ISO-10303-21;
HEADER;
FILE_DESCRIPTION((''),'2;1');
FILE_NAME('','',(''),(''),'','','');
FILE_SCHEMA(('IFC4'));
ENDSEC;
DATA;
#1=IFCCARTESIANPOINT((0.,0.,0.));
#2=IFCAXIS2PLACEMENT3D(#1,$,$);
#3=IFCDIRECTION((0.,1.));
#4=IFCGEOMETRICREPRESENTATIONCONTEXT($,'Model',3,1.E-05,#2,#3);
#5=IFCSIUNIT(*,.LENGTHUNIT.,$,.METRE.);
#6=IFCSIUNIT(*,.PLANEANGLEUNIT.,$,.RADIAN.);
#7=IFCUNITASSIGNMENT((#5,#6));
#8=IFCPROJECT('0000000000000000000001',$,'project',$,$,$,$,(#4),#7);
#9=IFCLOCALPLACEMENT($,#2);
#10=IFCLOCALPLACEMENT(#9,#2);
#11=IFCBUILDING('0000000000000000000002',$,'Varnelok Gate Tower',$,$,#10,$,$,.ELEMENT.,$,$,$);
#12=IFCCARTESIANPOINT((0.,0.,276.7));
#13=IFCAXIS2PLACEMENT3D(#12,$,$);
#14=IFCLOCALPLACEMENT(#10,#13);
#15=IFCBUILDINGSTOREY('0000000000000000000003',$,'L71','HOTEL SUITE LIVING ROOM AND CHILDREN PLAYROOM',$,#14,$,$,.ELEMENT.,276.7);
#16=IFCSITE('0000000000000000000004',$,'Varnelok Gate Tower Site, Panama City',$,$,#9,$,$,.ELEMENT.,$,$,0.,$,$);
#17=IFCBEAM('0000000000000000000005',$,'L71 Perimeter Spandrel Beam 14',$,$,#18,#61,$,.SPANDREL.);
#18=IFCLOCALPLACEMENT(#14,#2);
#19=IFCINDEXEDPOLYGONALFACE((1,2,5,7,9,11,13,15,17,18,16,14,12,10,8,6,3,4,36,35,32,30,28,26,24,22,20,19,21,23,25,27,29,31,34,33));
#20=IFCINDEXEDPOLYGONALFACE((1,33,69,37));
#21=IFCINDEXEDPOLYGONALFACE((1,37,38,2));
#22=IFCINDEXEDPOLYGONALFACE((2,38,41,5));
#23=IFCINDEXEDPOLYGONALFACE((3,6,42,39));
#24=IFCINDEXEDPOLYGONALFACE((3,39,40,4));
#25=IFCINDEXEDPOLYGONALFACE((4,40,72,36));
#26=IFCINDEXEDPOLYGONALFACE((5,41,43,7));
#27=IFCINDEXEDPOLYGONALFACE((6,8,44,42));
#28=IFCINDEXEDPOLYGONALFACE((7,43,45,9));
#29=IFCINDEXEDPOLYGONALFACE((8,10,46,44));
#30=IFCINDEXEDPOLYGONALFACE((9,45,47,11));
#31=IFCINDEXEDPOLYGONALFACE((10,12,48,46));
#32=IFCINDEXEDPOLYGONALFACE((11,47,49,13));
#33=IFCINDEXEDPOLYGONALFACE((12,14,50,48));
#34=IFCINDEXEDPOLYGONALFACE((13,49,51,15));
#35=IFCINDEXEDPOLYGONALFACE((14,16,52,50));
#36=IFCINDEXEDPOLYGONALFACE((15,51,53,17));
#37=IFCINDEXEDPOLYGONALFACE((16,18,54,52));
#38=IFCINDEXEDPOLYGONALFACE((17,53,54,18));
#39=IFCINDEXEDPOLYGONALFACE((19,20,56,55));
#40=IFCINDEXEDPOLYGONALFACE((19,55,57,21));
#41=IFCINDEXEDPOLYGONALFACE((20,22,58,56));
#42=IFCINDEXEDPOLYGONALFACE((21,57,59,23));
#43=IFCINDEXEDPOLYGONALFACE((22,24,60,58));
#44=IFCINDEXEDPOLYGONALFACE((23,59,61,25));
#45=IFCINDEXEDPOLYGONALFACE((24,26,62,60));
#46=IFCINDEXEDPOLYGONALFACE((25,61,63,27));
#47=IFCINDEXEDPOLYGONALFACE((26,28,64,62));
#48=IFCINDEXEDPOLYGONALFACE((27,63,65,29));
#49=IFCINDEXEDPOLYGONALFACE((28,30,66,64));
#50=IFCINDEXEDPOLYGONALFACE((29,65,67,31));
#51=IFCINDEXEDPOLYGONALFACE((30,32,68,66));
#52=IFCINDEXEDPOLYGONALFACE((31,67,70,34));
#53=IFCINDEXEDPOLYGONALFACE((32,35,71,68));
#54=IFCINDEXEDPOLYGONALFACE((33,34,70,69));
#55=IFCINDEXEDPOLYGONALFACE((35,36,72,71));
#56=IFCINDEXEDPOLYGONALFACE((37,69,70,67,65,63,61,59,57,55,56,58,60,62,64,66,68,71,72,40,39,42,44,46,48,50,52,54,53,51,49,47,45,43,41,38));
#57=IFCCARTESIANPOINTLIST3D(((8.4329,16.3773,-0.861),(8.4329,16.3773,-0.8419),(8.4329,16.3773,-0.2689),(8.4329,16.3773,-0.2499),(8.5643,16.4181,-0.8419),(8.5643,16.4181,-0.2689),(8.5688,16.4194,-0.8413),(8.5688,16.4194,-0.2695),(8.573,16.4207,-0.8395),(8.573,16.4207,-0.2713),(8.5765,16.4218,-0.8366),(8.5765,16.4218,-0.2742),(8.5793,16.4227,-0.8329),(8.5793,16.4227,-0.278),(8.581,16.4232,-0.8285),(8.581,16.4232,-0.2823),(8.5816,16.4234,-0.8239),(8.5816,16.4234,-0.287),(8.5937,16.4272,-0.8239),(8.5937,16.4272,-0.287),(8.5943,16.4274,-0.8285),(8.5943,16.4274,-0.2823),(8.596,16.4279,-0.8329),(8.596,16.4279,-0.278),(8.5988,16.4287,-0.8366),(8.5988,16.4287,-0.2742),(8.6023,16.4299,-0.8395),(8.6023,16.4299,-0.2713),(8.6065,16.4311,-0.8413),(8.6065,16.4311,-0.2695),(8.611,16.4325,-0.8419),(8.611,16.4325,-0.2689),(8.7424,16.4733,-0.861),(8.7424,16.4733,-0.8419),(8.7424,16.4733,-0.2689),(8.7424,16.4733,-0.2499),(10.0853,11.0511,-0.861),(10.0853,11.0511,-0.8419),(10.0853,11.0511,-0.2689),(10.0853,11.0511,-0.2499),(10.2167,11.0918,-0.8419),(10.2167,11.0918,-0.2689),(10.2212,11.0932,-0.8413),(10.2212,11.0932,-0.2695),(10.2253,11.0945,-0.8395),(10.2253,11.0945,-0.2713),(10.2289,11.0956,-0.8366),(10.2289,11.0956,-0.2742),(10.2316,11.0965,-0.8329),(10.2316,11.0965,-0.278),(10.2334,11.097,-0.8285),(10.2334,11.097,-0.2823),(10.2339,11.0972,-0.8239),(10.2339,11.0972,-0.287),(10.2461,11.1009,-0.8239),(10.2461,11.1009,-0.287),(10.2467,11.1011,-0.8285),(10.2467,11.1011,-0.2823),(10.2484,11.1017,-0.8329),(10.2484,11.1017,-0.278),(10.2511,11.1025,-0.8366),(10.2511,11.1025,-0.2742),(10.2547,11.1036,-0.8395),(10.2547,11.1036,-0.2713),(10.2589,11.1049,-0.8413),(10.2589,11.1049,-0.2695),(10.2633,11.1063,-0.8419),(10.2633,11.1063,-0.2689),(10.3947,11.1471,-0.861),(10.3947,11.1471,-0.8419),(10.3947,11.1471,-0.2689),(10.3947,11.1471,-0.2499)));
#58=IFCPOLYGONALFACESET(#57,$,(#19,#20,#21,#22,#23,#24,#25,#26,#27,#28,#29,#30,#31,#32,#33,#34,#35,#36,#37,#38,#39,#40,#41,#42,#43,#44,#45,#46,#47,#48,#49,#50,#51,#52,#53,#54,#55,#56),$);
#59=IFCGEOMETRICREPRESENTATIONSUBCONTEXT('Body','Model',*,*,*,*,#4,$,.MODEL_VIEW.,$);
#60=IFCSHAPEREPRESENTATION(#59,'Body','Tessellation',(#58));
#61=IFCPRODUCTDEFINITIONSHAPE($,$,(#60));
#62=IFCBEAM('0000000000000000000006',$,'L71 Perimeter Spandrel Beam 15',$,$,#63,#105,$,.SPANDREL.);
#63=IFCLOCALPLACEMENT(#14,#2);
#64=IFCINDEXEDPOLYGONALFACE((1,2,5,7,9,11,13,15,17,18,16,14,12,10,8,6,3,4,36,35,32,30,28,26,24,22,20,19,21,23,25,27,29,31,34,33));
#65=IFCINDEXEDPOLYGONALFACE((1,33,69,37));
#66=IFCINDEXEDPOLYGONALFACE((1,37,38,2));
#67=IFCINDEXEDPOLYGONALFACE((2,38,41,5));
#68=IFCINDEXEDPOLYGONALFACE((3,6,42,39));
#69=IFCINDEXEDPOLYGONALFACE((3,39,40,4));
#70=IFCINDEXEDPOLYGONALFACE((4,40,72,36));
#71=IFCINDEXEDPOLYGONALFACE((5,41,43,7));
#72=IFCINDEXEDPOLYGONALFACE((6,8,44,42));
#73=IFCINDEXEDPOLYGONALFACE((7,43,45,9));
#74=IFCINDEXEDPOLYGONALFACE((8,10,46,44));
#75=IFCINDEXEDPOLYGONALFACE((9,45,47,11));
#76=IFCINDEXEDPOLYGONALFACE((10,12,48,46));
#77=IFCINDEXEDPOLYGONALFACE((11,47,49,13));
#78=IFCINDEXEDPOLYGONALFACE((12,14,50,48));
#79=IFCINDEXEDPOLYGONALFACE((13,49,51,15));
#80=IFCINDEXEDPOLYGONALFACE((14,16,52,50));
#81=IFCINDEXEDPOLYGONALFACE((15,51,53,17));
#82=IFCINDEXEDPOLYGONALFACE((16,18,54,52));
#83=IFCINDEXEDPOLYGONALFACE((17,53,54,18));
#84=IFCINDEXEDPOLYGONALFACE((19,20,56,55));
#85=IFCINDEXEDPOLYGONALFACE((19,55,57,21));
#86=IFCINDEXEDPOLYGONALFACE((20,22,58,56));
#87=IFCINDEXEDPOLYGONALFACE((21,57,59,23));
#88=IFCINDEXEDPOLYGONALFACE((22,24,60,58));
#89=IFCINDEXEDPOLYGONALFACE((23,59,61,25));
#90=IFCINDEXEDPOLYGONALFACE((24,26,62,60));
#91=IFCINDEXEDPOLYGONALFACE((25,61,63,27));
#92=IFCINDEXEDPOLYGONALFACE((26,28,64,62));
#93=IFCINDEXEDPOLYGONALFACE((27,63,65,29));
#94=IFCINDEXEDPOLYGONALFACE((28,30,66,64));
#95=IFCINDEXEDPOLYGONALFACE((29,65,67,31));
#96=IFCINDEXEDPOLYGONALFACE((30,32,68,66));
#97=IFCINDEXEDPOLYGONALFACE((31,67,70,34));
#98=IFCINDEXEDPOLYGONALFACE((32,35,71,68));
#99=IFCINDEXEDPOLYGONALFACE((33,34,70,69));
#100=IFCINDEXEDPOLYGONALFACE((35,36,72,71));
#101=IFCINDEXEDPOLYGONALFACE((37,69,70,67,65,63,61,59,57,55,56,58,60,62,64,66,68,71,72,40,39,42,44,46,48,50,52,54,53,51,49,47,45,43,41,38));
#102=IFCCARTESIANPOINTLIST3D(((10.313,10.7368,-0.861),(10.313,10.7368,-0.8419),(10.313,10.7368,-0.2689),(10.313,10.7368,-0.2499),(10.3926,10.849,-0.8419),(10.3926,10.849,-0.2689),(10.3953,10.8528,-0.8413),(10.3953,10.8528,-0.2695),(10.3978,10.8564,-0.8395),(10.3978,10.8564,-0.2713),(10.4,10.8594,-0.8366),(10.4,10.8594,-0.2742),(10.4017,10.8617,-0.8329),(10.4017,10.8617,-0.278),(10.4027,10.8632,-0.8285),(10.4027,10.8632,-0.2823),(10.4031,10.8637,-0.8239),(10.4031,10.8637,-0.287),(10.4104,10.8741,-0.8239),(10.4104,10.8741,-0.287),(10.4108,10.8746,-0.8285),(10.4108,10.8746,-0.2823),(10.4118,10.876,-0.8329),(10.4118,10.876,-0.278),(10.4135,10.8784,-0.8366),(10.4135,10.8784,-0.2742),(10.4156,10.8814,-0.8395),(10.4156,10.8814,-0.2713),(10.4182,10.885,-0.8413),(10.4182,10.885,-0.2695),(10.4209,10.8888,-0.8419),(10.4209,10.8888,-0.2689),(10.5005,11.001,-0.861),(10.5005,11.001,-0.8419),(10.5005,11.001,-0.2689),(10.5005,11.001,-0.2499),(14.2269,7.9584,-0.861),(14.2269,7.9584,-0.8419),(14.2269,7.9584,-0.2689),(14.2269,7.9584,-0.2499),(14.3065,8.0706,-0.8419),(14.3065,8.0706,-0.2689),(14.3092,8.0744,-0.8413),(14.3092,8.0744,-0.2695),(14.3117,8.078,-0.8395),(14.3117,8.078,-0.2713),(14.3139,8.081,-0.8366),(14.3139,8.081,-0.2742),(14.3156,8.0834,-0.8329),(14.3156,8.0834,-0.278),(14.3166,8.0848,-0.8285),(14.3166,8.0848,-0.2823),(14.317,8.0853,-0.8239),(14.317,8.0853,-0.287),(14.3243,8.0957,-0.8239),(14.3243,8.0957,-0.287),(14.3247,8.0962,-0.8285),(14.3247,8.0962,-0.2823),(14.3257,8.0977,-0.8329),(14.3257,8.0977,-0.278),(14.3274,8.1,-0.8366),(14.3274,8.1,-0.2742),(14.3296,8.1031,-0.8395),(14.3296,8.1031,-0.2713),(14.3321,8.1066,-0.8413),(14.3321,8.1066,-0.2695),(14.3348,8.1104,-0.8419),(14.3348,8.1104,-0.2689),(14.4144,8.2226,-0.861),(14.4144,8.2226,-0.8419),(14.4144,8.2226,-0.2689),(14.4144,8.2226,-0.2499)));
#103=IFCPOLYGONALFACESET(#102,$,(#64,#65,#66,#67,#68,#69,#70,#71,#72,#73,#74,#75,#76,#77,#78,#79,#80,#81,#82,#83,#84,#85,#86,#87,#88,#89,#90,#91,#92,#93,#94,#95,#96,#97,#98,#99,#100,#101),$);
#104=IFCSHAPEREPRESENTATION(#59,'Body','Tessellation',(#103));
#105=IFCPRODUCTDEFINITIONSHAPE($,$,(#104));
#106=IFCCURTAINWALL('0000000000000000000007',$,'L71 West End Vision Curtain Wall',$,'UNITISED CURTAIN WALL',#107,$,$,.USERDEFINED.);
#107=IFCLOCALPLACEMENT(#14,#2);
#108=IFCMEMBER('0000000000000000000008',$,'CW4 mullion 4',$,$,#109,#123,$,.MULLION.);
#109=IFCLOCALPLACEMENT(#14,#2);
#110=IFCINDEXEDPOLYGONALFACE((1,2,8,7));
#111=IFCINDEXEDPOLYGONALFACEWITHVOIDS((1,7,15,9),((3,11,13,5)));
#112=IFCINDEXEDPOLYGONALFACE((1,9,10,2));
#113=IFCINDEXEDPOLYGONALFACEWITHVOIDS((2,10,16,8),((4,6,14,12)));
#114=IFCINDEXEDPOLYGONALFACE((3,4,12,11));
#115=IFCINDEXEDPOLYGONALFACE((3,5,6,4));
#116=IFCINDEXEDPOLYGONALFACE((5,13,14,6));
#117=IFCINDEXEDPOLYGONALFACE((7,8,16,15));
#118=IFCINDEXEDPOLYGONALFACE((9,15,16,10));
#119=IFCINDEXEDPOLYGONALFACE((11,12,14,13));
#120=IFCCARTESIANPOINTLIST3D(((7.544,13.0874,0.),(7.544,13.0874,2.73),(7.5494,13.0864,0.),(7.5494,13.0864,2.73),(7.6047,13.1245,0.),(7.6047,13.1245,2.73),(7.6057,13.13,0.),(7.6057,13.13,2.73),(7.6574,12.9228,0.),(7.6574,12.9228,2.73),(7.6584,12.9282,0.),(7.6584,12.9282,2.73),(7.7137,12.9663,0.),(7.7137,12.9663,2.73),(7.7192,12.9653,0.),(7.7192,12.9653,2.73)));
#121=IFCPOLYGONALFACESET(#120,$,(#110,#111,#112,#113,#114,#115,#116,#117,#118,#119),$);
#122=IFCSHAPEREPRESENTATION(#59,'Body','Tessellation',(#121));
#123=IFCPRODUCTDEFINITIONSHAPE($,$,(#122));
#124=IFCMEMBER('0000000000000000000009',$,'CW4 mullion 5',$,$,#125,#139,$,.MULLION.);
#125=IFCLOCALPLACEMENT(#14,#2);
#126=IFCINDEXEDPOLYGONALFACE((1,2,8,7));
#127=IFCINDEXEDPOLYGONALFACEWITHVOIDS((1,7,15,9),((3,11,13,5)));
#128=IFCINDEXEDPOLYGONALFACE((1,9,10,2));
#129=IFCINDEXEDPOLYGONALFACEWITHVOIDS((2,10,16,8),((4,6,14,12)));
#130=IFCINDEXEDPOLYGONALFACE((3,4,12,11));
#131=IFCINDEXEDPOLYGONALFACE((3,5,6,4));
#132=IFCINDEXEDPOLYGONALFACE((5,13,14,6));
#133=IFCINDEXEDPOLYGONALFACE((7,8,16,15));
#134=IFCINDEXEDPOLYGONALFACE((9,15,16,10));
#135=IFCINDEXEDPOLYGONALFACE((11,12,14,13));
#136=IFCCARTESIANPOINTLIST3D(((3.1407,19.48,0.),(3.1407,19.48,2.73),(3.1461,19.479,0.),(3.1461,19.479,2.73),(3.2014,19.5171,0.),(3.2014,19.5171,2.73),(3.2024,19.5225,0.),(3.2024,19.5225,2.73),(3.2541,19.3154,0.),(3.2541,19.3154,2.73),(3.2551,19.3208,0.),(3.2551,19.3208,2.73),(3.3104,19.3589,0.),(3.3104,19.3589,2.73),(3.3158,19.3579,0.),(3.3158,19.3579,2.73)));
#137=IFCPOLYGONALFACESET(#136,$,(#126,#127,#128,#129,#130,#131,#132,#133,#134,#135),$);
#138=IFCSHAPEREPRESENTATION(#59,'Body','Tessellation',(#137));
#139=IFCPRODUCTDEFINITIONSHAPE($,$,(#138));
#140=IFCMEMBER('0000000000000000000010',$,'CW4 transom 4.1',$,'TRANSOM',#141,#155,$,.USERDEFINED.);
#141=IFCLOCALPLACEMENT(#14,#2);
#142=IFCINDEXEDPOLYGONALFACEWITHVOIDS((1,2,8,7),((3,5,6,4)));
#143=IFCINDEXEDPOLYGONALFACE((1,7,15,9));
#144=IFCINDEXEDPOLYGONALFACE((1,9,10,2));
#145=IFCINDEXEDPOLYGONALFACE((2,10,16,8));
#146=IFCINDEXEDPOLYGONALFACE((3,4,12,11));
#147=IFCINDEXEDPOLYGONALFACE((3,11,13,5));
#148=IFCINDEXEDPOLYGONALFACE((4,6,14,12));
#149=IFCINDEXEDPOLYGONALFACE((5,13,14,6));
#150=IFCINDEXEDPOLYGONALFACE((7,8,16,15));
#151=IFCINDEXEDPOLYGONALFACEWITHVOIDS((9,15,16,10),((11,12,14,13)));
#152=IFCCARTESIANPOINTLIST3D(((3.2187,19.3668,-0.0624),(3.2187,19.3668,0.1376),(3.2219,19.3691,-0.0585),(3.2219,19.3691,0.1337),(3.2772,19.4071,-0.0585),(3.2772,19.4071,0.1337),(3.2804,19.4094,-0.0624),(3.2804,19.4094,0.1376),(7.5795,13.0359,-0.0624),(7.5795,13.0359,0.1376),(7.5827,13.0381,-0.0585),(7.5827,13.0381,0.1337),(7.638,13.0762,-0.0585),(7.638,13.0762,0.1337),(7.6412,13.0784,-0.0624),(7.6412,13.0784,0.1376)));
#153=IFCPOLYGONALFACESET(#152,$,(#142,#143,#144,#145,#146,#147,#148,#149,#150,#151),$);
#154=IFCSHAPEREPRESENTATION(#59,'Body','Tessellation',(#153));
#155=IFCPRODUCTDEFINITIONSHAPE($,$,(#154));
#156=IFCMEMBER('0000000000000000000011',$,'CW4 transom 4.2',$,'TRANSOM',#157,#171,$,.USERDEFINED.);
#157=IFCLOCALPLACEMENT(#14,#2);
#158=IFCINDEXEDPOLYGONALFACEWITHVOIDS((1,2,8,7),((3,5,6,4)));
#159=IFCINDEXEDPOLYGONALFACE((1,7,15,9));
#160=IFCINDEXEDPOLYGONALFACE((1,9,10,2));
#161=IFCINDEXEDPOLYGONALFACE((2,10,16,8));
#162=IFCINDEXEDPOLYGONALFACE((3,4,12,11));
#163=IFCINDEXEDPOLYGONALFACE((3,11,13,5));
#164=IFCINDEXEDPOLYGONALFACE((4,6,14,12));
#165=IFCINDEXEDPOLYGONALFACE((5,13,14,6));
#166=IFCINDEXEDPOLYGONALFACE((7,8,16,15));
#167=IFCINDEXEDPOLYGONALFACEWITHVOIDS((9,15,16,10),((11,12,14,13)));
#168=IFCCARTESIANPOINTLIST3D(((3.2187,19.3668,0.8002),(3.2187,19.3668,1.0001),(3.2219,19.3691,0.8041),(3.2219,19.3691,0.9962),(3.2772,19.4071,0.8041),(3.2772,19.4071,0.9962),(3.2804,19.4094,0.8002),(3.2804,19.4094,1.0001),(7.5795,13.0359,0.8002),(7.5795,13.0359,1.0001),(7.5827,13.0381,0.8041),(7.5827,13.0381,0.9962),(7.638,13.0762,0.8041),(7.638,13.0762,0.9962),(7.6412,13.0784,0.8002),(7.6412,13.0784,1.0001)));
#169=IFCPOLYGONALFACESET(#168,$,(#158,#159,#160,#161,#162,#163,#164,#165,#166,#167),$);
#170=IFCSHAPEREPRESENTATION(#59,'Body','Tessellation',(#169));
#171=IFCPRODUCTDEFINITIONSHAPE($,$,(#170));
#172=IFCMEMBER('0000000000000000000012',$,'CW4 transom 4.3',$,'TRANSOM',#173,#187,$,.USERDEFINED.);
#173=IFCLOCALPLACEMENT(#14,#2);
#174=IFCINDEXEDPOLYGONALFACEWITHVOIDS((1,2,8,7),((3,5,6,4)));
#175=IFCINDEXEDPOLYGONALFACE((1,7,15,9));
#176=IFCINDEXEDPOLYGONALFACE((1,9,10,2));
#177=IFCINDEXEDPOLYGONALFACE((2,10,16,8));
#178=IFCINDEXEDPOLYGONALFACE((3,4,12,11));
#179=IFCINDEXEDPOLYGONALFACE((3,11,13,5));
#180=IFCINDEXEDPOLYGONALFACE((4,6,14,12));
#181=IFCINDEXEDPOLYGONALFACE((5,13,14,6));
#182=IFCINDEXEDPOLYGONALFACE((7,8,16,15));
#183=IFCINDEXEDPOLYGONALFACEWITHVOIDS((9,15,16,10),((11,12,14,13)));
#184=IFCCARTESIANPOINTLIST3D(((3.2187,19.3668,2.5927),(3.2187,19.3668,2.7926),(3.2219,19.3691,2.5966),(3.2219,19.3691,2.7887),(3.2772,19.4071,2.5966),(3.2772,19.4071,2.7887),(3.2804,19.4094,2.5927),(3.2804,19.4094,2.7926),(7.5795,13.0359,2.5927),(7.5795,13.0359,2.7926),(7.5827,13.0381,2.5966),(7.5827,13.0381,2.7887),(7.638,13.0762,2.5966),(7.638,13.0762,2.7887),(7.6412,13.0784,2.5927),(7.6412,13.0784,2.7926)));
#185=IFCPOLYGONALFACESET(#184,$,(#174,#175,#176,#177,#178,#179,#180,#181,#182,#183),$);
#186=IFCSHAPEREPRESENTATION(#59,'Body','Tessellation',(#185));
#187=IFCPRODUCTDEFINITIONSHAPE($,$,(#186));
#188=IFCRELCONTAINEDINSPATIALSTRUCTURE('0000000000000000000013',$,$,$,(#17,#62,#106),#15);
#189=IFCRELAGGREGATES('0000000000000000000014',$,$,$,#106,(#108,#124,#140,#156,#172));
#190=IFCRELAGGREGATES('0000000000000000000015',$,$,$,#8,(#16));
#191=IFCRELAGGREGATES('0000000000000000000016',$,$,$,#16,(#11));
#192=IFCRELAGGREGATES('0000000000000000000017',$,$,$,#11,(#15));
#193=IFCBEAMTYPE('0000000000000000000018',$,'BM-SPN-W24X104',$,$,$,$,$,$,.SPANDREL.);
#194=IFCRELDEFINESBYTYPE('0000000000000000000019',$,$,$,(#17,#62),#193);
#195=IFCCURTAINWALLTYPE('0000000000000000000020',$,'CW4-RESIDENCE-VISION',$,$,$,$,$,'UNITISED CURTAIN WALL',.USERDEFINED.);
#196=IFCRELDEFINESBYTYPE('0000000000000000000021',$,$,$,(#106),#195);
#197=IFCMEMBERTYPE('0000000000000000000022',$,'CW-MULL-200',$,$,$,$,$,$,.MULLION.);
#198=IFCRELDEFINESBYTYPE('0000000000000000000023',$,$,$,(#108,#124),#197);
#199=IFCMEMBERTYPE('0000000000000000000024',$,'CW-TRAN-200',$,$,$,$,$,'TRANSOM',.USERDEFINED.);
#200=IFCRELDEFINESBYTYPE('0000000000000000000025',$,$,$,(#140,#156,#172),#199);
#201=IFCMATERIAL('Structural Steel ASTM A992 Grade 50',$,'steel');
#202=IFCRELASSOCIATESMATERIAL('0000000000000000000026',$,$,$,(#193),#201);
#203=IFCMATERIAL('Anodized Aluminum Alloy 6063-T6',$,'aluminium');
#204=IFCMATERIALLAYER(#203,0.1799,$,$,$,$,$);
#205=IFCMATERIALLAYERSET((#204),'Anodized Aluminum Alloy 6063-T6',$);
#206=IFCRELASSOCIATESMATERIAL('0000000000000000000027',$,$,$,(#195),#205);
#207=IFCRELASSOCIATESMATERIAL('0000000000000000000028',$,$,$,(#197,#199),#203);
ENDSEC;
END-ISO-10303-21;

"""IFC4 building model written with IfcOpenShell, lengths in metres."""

from ifc_helpers import new_model, si_unit, direction, frame, origin, origin_2d, place, context, subcontext, project, spatial, hollow_rectangle, i_section, extrude, material, layer, layer_set, material_profile, profile_set, type_object, element, aggregate, save


model = new_model("IFC4")

# Units and contexts
model_context = context("Model", 3, precision=1e-05, world=origin(), true_north=direction((0.0, 1.0)))
body_context = subcontext(model_context, "Body", "Model", "MODEL_VIEW")
ifc_project = project(units=[si_unit("LENGTHUNIT", "METRE"), si_unit("PLANEANGLEUNIT", "RADIAN")], contexts=[model_context])

# Site, building, storey
site_placement = place(None, origin())
site = spatial("IfcSite", under=ifc_project, at=site_placement, Name="Varnelok Gate Tower Site, Panama City", CompositionType="ELEMENT", RefElevation=0.0)
building_placement = place(site_placement, origin())
building = spatial("IfcBuilding", under=site, at=building_placement, Name="Varnelok Gate Tower", CompositionType="ELEMENT")
storey_placement = place(building_placement, frame((0.0, 0.0, 276.7)))
storey = spatial("IfcBuildingStorey", under=building, at=storey_placement, Name="L71", Description="HOTEL SUITE LIVING ROOM AND CHILDREN PLAYROOM", CompositionType="ELEMENT", Elevation=276.7)

# Shared definitions
ifc_material_1 = material(Name="Structural Steel ASTM A992 Grade 50", Category="steel")

# Beams
ifc_material_profile_1 = material_profile(ifc_material_1, i_section(OverallWidth=0.324, OverallDepth=0.6111, WebThickness=0.0127, FlangeThickness=0.019, FilletRadius=0.0181, at=origin_2d()), Name="W24X104")
ifc_profile_set_1 = profile_set([ifc_material_profile_1], Name="Structural Steel ASTM A992 Grade 50")
beam_type_1 = type_object("IfcBeamType", Name="BM-SPN-W24X104", PredefinedType="SPANDREL", material=ifc_profile_set_1)
beam_1_placement = place(storey_placement, frame((8.5876, 16.4253, -0.5554), z_axis=(0.2963, -0.955095, 0.0), x_axis=(0.955095, 0.2963, 0.0)))
element("IfcBeam", 1, at=beam_1_placement, inside=storey, type_object=beam_type_1, Name="L71 Perimeter Spandrel Beam 14", PredefinedType="SPANDREL", context=body_context, shape_type="SweptSolid", body=[
    extrude(i_section(OverallWidth=0.324, OverallDepth=0.6111, WebThickness=0.0127, FlangeThickness=0.019, FilletRadius=0.0181, at=origin_2d()), origin(), (0.0, 0.0, 1.0), 5.5767),
])
beam_2_placement = place(storey_placement, frame((10.4067, 10.8689, -0.5554), z_axis=(0.815431, -0.578854, 0.0), x_axis=(0.578854, 0.815431, 0.0)))
element("IfcBeam", 2, at=beam_2_placement, inside=storey, type_object=beam_type_1, Name="L71 Perimeter Spandrel Beam 15", PredefinedType="SPANDREL", context=body_context, shape_type="SweptSolid", body=[
    extrude(i_section(OverallWidth=0.324, OverallDepth=0.6111, WebThickness=0.0127, FlangeThickness=0.019, FilletRadius=0.0181, at=origin_2d()), origin(), (0.0, 0.0, 1.0), 4.7998),
])

# Curtain wall, members
ifc_material_2 = material(Name="Anodized Aluminum Alloy 6063-T6", Category="aluminium")
ifc_layer_1 = layer(ifc_material_2, 0.1799)
ifc_layer_set_1 = layer_set([ifc_layer_1], Name="Anodized Aluminum Alloy 6063-T6")
curtain_wall_type = type_object("IfcCurtainWallType", Name="CW4-RESIDENCE-VISION", ElementType="UNITISED CURTAIN WALL", PredefinedType="USERDEFINED", material=ifc_layer_set_1)
curtain_wall_placement = place(storey_placement, origin())
curtain_wall = element("IfcCurtainWall", 3, at=curtain_wall_placement, inside=storey, type_object=curtain_wall_type, Name="L71 West End Vision Curtain Wall", ObjectType="UNITISED CURTAIN WALL", PredefinedType="USERDEFINED")
ifc_material_profile_2 = material_profile(ifc_material_2, hollow_rectangle(XDim=0.075, YDim=0.2, WallThickness=0.0039, at=origin_2d()), Name="ALU200X75X4")
ifc_profile_set_2 = profile_set([ifc_material_profile_2], Name="Anodized Aluminum Alloy 6063-T6")
member_type_1 = type_object("IfcMemberType", Name="CW-MULL-200", PredefinedType="MULLION", material=ifc_profile_set_2)
member_1_placement = place(storey_placement, frame((7.6316, 13.0264, 0.0), z_axis=(0.0, 0.0, 1.0), x_axis=(-0.823532, -0.567269, 0.0)))
member_1 = element("IfcMember", 4, at=member_1_placement, type_object=member_type_1, Name="CW4 mullion 4", PredefinedType="MULLION", context=body_context, shape_type="SweptSolid", body=[
    extrude(hollow_rectangle(XDim=0.075, YDim=0.2, WallThickness=0.0039, at=origin_2d()), origin(), (0.0, 0.0, 1.0), 2.73),
])
member_2_placement = place(storey_placement, frame((3.2283, 19.4189, 0.0), z_axis=(0.0, 0.0, 1.0), x_axis=(-0.823532, -0.567269, 0.0)))
member_2 = element("IfcMember", 5, at=member_2_placement, type_object=member_type_1, Name="CW4 mullion 5", PredefinedType="MULLION", context=body_context, shape_type="SweptSolid", body=[
    extrude(hollow_rectangle(XDim=0.075, YDim=0.2, WallThickness=0.0039, at=origin_2d()), origin(), (0.0, 0.0, 1.0), 2.73),
])
ifc_material_profile_3 = material_profile(ifc_material_2, hollow_rectangle(XDim=0.075, YDim=0.2, WallThickness=0.0039, at=origin_2d()), Name="ALU200X75X4")
ifc_profile_set_3 = profile_set([ifc_material_profile_3], Name="Anodized Aluminum Alloy 6063-T6")
member_type_2 = type_object("IfcMemberType", Name="CW-TRAN-200", ElementType="TRANSOM", PredefinedType="USERDEFINED", material=ifc_profile_set_3)
member_3_placement = place(storey_placement, frame((7.6104, 13.0571, 0.0376), z_axis=(-0.567256, 0.823541, 0.0), x_axis=(-0.823541, -0.567256, 0.0)))
member_3 = element("IfcMember", 6, at=member_3_placement, type_object=member_type_2, Name="CW4 transom 4.1", ObjectType="TRANSOM", PredefinedType="USERDEFINED", context=body_context, shape_type="SweptSolid", body=[
    extrude(hollow_rectangle(XDim=0.075, YDim=0.2, WallThickness=0.0039, at=origin_2d()), origin(), (0.0, 0.0, 1.0), 7.6875),
])
member_4_placement = place(storey_placement, frame((7.6104, 13.0571, 0.9001), z_axis=(-0.567256, 0.823541, 0.0), x_axis=(-0.823541, -0.567256, 0.0)))
member_4 = element("IfcMember", 7, at=member_4_placement, type_object=member_type_2, Name="CW4 transom 4.2", ObjectType="TRANSOM", PredefinedType="USERDEFINED", context=body_context, shape_type="SweptSolid", body=[
    extrude(hollow_rectangle(XDim=0.075, YDim=0.2, WallThickness=0.0039, at=origin_2d()), origin(), (0.0, 0.0, 1.0), 7.6875),
])
member_5_placement = place(storey_placement, frame((7.6104, 13.0571, 2.6926), z_axis=(-0.567256, 0.823541, 0.0), x_axis=(-0.823541, -0.567256, 0.0)))
member_5 = element("IfcMember", 8, at=member_5_placement, type_object=member_type_2, Name="CW4 transom 4.3", ObjectType="TRANSOM", PredefinedType="USERDEFINED", context=body_context, shape_type="SweptSolid", body=[
    extrude(hollow_rectangle(XDim=0.075, YDim=0.2, WallThickness=0.0039, at=origin_2d()), origin(), (0.0, 0.0, 1.0), 7.6875),
])
aggregate(curtain_wall, [member_1, member_2, member_3, member_4, member_5])

save(model, "model.ifc")
